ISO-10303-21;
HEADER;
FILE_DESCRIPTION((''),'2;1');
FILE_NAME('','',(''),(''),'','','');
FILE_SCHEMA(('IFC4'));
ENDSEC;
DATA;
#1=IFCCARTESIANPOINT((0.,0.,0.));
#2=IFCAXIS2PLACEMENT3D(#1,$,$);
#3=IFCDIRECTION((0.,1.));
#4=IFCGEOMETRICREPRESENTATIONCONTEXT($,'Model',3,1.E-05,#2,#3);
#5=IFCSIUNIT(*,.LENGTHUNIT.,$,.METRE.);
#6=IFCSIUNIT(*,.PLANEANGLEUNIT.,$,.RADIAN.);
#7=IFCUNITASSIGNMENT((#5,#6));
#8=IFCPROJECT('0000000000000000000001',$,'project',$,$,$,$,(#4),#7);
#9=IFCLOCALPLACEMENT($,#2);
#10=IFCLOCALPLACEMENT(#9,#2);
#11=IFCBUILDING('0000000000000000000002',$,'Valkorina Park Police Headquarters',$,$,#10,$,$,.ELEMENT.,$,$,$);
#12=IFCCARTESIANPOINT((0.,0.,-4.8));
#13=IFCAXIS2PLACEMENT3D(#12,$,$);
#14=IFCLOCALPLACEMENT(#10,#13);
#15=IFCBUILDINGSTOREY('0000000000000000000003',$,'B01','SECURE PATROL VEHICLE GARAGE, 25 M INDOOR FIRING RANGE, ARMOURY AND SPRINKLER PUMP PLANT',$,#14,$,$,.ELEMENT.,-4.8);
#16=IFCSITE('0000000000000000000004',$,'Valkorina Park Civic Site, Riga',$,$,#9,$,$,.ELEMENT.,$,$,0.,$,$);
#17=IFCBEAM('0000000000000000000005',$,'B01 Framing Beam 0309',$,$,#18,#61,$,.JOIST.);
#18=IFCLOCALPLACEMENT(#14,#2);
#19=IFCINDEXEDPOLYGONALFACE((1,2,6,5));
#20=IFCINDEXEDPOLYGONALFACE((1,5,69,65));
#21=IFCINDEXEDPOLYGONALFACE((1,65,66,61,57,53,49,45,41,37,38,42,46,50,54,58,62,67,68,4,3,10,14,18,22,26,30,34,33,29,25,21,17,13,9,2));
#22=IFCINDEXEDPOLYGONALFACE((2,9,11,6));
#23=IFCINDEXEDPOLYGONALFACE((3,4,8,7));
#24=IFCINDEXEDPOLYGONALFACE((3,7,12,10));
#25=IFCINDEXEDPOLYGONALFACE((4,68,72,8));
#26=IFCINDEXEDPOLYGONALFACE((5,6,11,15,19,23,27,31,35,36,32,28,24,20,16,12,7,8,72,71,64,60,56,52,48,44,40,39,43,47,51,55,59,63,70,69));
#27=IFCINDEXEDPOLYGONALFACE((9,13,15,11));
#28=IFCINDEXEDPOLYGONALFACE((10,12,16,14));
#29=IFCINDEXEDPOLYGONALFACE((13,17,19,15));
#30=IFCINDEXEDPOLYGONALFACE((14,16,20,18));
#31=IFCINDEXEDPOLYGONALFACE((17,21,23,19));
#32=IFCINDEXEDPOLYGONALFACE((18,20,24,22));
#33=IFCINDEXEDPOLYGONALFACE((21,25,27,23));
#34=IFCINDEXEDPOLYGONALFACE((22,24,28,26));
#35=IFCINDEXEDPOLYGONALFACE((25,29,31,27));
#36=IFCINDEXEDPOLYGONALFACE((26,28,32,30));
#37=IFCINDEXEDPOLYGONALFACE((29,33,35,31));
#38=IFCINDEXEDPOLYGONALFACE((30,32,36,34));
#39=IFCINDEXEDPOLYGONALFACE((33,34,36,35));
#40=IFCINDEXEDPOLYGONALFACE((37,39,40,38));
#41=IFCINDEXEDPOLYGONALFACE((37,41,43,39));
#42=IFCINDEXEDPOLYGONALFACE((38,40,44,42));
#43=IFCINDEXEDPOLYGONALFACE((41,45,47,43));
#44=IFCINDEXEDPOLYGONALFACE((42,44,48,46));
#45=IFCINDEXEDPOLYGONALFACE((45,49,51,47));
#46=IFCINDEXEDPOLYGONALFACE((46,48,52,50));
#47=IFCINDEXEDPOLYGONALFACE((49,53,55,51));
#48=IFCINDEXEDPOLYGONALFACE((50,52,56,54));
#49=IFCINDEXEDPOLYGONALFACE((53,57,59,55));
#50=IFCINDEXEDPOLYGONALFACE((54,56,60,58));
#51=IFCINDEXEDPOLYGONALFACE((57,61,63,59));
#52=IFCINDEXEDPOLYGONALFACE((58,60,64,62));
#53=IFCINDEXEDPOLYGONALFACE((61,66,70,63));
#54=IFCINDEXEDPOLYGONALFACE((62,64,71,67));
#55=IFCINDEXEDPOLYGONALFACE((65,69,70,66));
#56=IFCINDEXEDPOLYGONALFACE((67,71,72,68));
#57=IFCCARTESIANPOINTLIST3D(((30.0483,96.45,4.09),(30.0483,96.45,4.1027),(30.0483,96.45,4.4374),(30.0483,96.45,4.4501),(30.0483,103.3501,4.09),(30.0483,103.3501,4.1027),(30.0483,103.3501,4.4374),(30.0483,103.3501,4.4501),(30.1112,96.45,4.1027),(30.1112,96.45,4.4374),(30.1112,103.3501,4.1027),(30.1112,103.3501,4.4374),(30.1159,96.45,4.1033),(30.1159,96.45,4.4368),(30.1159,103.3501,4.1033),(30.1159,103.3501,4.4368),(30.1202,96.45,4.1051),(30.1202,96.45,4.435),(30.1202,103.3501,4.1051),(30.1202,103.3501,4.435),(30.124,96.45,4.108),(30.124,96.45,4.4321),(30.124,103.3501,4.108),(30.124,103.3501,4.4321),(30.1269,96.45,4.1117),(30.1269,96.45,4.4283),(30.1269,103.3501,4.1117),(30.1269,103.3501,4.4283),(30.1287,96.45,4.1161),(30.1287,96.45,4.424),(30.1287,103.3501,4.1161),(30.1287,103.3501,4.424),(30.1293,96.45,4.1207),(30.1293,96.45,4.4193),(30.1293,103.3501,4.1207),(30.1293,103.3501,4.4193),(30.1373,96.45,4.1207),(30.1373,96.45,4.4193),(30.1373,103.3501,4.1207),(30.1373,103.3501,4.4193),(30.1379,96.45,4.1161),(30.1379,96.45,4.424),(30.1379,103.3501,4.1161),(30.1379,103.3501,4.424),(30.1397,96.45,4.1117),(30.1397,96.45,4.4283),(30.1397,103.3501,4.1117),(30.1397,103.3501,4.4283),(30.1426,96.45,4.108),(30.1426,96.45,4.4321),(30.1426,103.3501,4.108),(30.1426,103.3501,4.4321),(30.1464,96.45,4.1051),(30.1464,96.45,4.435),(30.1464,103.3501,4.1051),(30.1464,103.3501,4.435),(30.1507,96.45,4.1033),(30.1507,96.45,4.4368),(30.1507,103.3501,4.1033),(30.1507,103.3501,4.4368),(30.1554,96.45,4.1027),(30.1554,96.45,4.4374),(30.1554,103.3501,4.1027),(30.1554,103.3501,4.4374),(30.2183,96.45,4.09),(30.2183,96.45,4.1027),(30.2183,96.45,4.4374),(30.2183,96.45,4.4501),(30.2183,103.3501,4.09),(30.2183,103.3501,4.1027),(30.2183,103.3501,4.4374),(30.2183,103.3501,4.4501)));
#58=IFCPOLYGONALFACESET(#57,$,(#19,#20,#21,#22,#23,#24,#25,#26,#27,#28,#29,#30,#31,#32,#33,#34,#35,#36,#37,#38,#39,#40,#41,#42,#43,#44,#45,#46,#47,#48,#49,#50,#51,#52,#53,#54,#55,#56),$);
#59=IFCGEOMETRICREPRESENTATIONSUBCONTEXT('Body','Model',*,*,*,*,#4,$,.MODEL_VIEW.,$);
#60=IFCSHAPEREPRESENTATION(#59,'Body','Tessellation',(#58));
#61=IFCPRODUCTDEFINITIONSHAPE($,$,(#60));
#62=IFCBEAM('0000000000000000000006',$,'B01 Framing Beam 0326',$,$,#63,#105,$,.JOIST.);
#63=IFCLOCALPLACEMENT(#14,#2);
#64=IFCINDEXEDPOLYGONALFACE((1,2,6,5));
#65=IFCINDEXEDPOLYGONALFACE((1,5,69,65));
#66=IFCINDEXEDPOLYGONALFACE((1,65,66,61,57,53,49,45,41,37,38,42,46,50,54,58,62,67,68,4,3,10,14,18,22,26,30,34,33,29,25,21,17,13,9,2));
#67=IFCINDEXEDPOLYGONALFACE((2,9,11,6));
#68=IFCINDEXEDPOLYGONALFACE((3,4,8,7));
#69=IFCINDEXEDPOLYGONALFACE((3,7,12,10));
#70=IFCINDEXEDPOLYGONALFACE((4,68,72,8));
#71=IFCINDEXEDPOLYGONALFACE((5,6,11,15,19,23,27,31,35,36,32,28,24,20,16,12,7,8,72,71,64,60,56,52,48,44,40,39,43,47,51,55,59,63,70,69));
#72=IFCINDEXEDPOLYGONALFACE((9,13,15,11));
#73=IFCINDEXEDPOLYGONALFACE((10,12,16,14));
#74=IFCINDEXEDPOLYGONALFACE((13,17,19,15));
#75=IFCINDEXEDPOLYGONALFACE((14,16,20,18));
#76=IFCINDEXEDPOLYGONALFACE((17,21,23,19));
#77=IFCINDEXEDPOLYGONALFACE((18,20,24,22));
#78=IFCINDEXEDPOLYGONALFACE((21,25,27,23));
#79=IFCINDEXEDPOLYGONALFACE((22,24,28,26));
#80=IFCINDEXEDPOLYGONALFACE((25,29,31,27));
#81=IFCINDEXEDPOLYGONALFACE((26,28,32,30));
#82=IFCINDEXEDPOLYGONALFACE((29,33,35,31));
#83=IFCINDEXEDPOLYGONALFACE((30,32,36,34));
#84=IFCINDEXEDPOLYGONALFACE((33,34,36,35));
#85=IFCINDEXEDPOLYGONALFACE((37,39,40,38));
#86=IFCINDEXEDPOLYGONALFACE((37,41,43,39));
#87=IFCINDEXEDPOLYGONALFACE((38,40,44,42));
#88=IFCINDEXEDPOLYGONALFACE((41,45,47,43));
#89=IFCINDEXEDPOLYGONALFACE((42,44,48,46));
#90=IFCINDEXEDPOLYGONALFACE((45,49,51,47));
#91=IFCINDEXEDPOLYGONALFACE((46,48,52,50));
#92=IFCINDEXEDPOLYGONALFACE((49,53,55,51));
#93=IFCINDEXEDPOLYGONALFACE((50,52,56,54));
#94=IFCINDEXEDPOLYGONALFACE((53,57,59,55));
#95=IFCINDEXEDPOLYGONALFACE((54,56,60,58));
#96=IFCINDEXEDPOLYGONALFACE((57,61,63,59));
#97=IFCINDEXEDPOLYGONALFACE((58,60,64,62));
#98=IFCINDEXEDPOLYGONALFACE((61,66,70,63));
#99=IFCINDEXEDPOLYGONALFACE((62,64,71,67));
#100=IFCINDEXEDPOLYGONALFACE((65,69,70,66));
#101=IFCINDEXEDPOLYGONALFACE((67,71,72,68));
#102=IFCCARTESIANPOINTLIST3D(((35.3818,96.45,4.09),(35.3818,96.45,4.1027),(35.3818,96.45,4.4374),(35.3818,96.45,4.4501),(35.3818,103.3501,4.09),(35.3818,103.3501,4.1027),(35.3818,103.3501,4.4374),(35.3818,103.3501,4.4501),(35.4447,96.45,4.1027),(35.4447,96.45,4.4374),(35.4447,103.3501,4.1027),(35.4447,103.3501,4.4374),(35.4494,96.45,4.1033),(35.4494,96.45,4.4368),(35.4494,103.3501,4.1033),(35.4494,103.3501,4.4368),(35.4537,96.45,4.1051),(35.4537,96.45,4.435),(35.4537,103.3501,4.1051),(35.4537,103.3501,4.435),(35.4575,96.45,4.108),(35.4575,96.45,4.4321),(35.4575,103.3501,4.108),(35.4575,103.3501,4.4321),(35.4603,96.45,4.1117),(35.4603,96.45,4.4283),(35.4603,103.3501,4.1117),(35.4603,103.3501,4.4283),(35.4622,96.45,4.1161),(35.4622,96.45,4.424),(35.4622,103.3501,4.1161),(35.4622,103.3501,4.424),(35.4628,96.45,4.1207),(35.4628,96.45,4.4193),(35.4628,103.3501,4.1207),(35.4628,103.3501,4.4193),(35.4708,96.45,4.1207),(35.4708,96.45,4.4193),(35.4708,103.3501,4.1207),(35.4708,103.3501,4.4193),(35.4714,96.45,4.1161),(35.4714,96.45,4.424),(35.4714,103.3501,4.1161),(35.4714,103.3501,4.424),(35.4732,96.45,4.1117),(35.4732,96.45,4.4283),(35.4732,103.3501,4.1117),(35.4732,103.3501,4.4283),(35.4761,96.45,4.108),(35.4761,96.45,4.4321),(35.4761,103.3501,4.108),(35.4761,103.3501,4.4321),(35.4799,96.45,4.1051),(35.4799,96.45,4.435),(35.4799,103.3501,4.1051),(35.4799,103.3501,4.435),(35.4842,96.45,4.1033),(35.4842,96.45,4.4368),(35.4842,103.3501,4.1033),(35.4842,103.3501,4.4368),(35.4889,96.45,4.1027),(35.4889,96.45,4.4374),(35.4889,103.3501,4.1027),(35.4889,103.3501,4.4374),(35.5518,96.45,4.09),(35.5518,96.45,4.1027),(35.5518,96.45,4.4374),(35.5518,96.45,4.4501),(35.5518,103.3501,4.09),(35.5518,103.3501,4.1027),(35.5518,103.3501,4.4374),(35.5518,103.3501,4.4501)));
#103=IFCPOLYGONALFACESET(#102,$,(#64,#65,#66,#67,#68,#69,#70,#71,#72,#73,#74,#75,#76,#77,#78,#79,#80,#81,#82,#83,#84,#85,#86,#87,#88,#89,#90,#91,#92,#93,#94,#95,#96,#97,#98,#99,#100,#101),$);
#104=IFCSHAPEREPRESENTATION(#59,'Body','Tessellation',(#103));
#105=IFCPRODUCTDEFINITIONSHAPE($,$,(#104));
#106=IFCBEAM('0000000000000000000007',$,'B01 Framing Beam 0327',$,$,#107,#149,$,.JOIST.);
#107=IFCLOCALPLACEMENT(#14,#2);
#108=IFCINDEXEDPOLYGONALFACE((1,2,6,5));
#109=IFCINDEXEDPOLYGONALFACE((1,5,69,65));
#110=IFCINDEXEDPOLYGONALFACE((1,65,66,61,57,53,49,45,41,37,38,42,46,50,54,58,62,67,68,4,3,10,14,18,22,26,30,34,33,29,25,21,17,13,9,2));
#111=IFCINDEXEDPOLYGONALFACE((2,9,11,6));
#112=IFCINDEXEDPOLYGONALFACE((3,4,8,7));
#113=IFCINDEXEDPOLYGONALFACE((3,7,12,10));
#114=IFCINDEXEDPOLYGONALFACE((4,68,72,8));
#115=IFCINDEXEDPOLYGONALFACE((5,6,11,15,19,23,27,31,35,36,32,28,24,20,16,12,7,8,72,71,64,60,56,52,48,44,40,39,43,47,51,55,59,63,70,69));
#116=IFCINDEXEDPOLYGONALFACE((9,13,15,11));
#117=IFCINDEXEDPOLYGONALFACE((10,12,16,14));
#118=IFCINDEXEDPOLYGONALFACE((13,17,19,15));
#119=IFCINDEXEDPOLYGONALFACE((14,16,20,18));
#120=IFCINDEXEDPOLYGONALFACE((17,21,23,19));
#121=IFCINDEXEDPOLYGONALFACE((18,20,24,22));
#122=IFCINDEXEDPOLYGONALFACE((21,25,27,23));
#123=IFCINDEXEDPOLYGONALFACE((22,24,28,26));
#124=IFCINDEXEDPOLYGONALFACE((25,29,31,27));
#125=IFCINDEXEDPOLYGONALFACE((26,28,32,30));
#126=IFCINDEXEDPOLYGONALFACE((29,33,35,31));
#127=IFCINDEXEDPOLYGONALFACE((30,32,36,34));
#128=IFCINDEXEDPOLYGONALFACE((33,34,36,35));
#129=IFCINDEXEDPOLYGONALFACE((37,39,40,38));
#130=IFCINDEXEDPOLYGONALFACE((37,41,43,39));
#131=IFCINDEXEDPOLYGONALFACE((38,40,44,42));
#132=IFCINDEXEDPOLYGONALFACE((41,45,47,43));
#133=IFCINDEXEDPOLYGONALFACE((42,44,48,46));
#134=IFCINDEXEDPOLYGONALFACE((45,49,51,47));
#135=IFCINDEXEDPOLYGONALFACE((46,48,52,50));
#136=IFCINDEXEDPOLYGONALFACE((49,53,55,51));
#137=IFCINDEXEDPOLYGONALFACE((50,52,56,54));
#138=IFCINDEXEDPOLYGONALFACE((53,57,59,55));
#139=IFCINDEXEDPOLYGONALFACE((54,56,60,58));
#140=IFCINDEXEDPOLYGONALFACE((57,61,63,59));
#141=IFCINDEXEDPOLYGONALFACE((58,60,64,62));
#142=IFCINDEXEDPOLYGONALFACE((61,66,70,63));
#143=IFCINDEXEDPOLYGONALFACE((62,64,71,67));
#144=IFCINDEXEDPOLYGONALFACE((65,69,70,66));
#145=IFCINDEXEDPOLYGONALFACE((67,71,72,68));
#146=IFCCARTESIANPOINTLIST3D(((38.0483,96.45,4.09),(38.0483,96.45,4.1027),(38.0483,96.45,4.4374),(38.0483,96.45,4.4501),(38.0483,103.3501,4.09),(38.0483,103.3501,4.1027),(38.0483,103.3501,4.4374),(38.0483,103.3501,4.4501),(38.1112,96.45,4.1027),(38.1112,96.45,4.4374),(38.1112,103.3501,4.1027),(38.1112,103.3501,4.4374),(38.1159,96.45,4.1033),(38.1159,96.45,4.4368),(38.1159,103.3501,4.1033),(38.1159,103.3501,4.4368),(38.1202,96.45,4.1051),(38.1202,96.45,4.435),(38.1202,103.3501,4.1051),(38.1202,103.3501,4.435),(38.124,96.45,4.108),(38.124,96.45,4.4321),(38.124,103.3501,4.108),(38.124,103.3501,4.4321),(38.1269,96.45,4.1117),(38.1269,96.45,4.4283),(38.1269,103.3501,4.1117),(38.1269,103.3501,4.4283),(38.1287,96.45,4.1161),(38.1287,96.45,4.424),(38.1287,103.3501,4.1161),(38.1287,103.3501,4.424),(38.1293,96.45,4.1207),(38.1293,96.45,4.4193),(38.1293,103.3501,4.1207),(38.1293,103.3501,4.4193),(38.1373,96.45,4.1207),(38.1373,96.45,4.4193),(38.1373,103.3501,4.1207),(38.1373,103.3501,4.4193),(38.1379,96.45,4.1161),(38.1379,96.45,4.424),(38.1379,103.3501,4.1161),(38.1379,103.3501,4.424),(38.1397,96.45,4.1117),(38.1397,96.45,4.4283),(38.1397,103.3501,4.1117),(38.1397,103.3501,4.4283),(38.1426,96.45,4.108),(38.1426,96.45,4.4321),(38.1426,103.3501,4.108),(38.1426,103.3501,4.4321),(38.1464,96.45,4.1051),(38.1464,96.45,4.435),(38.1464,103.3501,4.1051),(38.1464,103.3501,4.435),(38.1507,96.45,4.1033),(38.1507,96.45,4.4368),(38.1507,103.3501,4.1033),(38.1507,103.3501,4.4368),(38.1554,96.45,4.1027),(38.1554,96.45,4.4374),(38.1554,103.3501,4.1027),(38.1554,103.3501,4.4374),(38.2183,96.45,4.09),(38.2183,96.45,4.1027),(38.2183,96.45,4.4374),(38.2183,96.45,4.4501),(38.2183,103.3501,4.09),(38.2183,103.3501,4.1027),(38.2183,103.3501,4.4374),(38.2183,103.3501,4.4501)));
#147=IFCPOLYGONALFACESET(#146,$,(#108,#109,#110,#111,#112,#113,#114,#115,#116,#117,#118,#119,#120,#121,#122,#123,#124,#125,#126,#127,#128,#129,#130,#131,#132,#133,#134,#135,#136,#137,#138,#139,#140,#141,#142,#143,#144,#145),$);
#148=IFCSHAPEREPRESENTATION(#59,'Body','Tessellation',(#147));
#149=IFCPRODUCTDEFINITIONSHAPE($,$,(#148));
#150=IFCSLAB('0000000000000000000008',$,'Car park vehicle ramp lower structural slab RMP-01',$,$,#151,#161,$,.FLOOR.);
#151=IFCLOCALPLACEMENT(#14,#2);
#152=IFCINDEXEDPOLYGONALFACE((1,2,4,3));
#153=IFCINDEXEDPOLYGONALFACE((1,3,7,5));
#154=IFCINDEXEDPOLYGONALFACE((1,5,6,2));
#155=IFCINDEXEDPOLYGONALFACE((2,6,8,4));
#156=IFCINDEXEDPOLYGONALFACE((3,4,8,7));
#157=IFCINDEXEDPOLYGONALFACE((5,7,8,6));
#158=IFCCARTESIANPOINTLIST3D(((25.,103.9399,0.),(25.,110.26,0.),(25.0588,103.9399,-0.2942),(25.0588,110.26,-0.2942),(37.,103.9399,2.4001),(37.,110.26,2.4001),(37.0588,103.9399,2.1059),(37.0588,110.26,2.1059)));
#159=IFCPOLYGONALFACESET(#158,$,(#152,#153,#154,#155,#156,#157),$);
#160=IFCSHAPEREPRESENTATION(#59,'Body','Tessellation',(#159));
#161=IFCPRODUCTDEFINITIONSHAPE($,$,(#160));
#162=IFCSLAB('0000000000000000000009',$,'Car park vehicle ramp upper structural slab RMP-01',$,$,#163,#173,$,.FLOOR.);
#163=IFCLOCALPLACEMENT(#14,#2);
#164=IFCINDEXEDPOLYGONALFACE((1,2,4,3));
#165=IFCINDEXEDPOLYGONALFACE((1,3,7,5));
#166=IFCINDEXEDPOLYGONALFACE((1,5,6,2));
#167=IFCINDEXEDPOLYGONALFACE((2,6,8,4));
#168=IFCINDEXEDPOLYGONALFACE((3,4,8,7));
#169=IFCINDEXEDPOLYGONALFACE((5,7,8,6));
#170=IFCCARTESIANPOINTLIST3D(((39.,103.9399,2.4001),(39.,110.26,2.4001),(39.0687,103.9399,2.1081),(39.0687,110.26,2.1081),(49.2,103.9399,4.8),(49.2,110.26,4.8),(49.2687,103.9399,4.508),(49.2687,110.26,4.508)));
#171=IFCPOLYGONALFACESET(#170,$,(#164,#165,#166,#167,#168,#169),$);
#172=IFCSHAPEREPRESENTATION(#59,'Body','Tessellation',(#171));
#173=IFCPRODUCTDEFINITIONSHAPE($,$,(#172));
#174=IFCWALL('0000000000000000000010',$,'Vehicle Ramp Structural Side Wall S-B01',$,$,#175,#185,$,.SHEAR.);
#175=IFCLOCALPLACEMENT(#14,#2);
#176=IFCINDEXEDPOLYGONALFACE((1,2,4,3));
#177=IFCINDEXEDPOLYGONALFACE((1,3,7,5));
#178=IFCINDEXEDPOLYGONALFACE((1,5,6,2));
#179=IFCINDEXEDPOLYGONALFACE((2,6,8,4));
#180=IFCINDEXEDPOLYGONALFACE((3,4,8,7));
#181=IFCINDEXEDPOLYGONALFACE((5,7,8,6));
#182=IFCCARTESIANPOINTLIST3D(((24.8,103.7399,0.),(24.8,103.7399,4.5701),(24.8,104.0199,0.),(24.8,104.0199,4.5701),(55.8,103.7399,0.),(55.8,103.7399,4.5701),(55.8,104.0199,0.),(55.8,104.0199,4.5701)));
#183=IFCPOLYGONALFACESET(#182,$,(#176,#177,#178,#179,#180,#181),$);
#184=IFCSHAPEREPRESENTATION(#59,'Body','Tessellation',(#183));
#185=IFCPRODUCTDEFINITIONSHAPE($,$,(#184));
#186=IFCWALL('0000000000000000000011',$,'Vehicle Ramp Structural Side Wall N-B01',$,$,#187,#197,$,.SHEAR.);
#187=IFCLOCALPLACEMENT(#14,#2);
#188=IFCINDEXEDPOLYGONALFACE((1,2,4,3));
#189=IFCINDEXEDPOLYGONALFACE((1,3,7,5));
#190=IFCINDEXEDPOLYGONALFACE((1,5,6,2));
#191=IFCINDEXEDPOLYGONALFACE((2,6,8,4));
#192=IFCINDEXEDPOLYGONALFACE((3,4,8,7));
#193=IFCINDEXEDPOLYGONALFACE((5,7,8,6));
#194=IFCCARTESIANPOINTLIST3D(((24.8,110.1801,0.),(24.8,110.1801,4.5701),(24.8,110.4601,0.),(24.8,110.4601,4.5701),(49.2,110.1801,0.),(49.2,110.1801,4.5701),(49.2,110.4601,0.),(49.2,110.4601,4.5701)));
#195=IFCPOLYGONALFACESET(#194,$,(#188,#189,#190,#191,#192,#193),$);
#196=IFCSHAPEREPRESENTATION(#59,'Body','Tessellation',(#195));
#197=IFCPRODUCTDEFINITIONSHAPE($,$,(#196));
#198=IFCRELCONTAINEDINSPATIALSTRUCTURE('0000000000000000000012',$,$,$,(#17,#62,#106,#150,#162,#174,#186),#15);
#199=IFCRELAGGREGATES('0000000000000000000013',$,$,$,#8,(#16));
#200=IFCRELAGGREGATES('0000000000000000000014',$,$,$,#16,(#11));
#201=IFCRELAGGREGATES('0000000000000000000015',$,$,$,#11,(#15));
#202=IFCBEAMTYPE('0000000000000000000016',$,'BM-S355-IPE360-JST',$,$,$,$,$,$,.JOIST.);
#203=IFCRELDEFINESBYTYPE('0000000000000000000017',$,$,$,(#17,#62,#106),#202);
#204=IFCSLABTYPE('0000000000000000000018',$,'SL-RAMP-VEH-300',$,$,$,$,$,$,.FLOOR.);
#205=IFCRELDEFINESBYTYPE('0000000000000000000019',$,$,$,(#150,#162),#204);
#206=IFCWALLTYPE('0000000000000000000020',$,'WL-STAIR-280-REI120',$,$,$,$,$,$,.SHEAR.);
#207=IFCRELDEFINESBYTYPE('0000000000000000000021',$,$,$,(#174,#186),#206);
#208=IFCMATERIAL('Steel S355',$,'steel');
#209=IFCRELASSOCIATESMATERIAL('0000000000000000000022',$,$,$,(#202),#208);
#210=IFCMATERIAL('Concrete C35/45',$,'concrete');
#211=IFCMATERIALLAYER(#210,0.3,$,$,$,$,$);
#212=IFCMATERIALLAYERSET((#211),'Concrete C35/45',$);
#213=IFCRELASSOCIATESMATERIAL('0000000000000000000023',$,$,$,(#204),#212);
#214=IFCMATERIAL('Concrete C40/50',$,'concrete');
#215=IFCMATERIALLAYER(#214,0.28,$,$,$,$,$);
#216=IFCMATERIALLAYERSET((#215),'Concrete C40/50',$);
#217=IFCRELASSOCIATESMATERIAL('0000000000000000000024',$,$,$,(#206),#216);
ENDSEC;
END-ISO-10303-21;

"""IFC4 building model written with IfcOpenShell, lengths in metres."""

from ifc_helpers import new_model, si_unit, direction, frame, frame_2d, origin, origin_2d, place, context, subcontext, project, spatial, polyline, rectangle, i_section, outline, extrude, material, layer, layer_set, material_profile, profile_set, type_object, element, save


model = new_model("IFC4")

# Units and contexts
model_context = context("Model", 3, precision=1e-05, world=origin(), true_north=direction((0.0, 1.0)))
body_context = subcontext(model_context, "Body", "Model", "MODEL_VIEW")
ifc_project = project(units=[si_unit("LENGTHUNIT", "METRE"), si_unit("PLANEANGLEUNIT", "RADIAN")], contexts=[model_context])

# Site, building, storey
site_placement = place(None, origin())
site = spatial("IfcSite", under=ifc_project, at=site_placement, Name="Valkorina Park Civic Site, Riga", CompositionType="ELEMENT", RefElevation=0.0)
building_placement = place(site_placement, origin())
building = spatial("IfcBuilding", under=site, at=building_placement, Name="Valkorina Park Police Headquarters", CompositionType="ELEMENT")
storey_placement = place(building_placement, frame((0.0, 0.0, -4.8)))
storey = spatial("IfcBuildingStorey", under=building, at=storey_placement, Name="B01", Description="SECURE PATROL VEHICLE GARAGE, 25 M INDOOR FIRING RANGE, ARMOURY AND SPRINKLER PUMP PLANT", CompositionType="ELEMENT", Elevation=-4.8)

# Shared definitions
ifc_material_1 = material(Name="Concrete C40/50", Category="concrete")

# Beams
ifc_material_2 = material(Name="Steel S355", Category="steel")
ifc_material_profile_1 = material_profile(ifc_material_2, i_section(OverallWidth=0.1699, OverallDepth=0.3601, WebThickness=0.0081, FlangeThickness=0.0127, FilletRadius=0.0181, at=origin_2d()), Name="IPE 360")
ifc_profile_set_1 = profile_set([ifc_material_profile_1], Name="Steel S355")
beam_type_1 = type_object("IfcBeamType", Name="BM-S355-IPE360-JST", PredefinedType="JOIST", material=ifc_profile_set_1)
for number, where, z_axis, x_axis, name in (
    (1, (30.1333, 96.45, 4.27), (0.0, 1.0, 0.0), (-1.0, 0.0, 0.0), "B01 Framing Beam 0309"),
    (2, (35.4668, 96.45, 4.27), (0.0, 1.0, 0.0), (-1.0, 0.0, 0.0), "B01 Framing Beam 0326"),
    (3, (38.1333, 96.45, 4.27), (0.0, 1.0, 0.0), (-1.0, 0.0, 0.0), "B01 Framing Beam 0327"),
):
    element("IfcBeam", number, at=place(storey_placement, frame(where, z_axis=z_axis, x_axis=x_axis)), inside=storey, type_object=beam_type_1, Name=name, PredefinedType="JOIST", context=body_context, shape_type="SweptSolid", body=[
        extrude(i_section(OverallWidth=0.1699, OverallDepth=0.3601, WebThickness=0.0081, FlangeThickness=0.0127, FilletRadius=0.0181, at=origin_2d()), origin(), (0.0, 0.0, 1.0), 6.9001),
    ])

# Slabs
ifc_material_3 = material(Name="Concrete C35/45", Category="concrete")
ifc_layer_1 = layer(ifc_material_3, 0.3)
ifc_layer_set_1 = layer_set([ifc_layer_1], Name="Concrete C35/45")
slab_type = type_object("IfcSlabType", Name="SL-RAMP-VEH-300", PredefinedType="FLOOR", material=ifc_layer_set_1)
slab_1_placement = place(storey_placement, frame((25.0, 103.9399, 0.0), z_axis=(-0.196128, 0.0, 0.980578), x_axis=(0.980578, 0.0, 0.196128)))
element("IfcSlab", 4, at=slab_1_placement, inside=storey, type_object=slab_type, Name="Car park vehicle ramp lower structural slab RMP-01", PredefinedType="FLOOR", context=body_context, shape_type="SweptSolid", body=[
    extrude(outline(polyline([(0.0, 0.0), (12.2377, 0.0), (12.2377, 6.3201), (0.0, 6.3201), (0.0, 0.0)])), origin(), (0.0, 0.0, -1.0), 0.3),
])
slab_2_placement = place(storey_placement, frame((39.0, 103.9399, 2.4001), z_axis=(-0.229032, 0.0, 0.973419), x_axis=(0.973419, 0.0, 0.229032)))
element("IfcSlab", 5, at=slab_2_placement, inside=storey, type_object=slab_type, Name="Car park vehicle ramp upper structural slab RMP-01", PredefinedType="FLOOR", context=body_context, shape_type="SweptSolid", body=[
    extrude(outline(polyline([(0.0, 0.0), (10.4785, 0.0), (10.4785, 6.3201), (0.0, 6.3201), (0.0, 0.0)])), origin(), (0.0, 0.0, -1.0), 0.3),
])

# Walls
ifc_layer_2 = layer(ifc_material_1, 0.28)
ifc_layer_set_2 = layer_set([ifc_layer_2], Name="Concrete C40/50")
wall_type = type_object("IfcWallType", Name="WL-STAIR-280-REI120", PredefinedType="SHEAR", material=ifc_layer_set_2)
wall_1_placement = place(storey_placement, frame((24.8, 103.8799, 0.0), z_axis=(0.0, 0.0, 1.0), x_axis=(1.0, 0.0, 0.0)))
element("IfcWall", 6, at=wall_1_placement, inside=storey, type_object=wall_type, Name="Vehicle Ramp Structural Side Wall S-B01", PredefinedType="SHEAR", context=body_context, shape_type="SweptSolid", body=[
    extrude(rectangle(XDim=31.0, YDim=0.28, at=frame_2d((15.5, 0.0))), origin(), (0.0, 0.0, 1.0), 4.5701),
])
wall_2_placement = place(storey_placement, frame((24.8, 110.3201, 0.0), z_axis=(0.0, 0.0, 1.0), x_axis=(1.0, 0.0, 0.0)))
element("IfcWall", 7, at=wall_2_placement, inside=storey, type_object=wall_type, Name="Vehicle Ramp Structural Side Wall N-B01", PredefinedType="SHEAR", context=body_context, shape_type="SweptSolid", body=[
    extrude(rectangle(XDim=24.3999, YDim=0.28, at=frame_2d((12.2, 0.0))), origin(), (0.0, 0.0, 1.0), 4.5701),
])

save(model, "model.ifc")
